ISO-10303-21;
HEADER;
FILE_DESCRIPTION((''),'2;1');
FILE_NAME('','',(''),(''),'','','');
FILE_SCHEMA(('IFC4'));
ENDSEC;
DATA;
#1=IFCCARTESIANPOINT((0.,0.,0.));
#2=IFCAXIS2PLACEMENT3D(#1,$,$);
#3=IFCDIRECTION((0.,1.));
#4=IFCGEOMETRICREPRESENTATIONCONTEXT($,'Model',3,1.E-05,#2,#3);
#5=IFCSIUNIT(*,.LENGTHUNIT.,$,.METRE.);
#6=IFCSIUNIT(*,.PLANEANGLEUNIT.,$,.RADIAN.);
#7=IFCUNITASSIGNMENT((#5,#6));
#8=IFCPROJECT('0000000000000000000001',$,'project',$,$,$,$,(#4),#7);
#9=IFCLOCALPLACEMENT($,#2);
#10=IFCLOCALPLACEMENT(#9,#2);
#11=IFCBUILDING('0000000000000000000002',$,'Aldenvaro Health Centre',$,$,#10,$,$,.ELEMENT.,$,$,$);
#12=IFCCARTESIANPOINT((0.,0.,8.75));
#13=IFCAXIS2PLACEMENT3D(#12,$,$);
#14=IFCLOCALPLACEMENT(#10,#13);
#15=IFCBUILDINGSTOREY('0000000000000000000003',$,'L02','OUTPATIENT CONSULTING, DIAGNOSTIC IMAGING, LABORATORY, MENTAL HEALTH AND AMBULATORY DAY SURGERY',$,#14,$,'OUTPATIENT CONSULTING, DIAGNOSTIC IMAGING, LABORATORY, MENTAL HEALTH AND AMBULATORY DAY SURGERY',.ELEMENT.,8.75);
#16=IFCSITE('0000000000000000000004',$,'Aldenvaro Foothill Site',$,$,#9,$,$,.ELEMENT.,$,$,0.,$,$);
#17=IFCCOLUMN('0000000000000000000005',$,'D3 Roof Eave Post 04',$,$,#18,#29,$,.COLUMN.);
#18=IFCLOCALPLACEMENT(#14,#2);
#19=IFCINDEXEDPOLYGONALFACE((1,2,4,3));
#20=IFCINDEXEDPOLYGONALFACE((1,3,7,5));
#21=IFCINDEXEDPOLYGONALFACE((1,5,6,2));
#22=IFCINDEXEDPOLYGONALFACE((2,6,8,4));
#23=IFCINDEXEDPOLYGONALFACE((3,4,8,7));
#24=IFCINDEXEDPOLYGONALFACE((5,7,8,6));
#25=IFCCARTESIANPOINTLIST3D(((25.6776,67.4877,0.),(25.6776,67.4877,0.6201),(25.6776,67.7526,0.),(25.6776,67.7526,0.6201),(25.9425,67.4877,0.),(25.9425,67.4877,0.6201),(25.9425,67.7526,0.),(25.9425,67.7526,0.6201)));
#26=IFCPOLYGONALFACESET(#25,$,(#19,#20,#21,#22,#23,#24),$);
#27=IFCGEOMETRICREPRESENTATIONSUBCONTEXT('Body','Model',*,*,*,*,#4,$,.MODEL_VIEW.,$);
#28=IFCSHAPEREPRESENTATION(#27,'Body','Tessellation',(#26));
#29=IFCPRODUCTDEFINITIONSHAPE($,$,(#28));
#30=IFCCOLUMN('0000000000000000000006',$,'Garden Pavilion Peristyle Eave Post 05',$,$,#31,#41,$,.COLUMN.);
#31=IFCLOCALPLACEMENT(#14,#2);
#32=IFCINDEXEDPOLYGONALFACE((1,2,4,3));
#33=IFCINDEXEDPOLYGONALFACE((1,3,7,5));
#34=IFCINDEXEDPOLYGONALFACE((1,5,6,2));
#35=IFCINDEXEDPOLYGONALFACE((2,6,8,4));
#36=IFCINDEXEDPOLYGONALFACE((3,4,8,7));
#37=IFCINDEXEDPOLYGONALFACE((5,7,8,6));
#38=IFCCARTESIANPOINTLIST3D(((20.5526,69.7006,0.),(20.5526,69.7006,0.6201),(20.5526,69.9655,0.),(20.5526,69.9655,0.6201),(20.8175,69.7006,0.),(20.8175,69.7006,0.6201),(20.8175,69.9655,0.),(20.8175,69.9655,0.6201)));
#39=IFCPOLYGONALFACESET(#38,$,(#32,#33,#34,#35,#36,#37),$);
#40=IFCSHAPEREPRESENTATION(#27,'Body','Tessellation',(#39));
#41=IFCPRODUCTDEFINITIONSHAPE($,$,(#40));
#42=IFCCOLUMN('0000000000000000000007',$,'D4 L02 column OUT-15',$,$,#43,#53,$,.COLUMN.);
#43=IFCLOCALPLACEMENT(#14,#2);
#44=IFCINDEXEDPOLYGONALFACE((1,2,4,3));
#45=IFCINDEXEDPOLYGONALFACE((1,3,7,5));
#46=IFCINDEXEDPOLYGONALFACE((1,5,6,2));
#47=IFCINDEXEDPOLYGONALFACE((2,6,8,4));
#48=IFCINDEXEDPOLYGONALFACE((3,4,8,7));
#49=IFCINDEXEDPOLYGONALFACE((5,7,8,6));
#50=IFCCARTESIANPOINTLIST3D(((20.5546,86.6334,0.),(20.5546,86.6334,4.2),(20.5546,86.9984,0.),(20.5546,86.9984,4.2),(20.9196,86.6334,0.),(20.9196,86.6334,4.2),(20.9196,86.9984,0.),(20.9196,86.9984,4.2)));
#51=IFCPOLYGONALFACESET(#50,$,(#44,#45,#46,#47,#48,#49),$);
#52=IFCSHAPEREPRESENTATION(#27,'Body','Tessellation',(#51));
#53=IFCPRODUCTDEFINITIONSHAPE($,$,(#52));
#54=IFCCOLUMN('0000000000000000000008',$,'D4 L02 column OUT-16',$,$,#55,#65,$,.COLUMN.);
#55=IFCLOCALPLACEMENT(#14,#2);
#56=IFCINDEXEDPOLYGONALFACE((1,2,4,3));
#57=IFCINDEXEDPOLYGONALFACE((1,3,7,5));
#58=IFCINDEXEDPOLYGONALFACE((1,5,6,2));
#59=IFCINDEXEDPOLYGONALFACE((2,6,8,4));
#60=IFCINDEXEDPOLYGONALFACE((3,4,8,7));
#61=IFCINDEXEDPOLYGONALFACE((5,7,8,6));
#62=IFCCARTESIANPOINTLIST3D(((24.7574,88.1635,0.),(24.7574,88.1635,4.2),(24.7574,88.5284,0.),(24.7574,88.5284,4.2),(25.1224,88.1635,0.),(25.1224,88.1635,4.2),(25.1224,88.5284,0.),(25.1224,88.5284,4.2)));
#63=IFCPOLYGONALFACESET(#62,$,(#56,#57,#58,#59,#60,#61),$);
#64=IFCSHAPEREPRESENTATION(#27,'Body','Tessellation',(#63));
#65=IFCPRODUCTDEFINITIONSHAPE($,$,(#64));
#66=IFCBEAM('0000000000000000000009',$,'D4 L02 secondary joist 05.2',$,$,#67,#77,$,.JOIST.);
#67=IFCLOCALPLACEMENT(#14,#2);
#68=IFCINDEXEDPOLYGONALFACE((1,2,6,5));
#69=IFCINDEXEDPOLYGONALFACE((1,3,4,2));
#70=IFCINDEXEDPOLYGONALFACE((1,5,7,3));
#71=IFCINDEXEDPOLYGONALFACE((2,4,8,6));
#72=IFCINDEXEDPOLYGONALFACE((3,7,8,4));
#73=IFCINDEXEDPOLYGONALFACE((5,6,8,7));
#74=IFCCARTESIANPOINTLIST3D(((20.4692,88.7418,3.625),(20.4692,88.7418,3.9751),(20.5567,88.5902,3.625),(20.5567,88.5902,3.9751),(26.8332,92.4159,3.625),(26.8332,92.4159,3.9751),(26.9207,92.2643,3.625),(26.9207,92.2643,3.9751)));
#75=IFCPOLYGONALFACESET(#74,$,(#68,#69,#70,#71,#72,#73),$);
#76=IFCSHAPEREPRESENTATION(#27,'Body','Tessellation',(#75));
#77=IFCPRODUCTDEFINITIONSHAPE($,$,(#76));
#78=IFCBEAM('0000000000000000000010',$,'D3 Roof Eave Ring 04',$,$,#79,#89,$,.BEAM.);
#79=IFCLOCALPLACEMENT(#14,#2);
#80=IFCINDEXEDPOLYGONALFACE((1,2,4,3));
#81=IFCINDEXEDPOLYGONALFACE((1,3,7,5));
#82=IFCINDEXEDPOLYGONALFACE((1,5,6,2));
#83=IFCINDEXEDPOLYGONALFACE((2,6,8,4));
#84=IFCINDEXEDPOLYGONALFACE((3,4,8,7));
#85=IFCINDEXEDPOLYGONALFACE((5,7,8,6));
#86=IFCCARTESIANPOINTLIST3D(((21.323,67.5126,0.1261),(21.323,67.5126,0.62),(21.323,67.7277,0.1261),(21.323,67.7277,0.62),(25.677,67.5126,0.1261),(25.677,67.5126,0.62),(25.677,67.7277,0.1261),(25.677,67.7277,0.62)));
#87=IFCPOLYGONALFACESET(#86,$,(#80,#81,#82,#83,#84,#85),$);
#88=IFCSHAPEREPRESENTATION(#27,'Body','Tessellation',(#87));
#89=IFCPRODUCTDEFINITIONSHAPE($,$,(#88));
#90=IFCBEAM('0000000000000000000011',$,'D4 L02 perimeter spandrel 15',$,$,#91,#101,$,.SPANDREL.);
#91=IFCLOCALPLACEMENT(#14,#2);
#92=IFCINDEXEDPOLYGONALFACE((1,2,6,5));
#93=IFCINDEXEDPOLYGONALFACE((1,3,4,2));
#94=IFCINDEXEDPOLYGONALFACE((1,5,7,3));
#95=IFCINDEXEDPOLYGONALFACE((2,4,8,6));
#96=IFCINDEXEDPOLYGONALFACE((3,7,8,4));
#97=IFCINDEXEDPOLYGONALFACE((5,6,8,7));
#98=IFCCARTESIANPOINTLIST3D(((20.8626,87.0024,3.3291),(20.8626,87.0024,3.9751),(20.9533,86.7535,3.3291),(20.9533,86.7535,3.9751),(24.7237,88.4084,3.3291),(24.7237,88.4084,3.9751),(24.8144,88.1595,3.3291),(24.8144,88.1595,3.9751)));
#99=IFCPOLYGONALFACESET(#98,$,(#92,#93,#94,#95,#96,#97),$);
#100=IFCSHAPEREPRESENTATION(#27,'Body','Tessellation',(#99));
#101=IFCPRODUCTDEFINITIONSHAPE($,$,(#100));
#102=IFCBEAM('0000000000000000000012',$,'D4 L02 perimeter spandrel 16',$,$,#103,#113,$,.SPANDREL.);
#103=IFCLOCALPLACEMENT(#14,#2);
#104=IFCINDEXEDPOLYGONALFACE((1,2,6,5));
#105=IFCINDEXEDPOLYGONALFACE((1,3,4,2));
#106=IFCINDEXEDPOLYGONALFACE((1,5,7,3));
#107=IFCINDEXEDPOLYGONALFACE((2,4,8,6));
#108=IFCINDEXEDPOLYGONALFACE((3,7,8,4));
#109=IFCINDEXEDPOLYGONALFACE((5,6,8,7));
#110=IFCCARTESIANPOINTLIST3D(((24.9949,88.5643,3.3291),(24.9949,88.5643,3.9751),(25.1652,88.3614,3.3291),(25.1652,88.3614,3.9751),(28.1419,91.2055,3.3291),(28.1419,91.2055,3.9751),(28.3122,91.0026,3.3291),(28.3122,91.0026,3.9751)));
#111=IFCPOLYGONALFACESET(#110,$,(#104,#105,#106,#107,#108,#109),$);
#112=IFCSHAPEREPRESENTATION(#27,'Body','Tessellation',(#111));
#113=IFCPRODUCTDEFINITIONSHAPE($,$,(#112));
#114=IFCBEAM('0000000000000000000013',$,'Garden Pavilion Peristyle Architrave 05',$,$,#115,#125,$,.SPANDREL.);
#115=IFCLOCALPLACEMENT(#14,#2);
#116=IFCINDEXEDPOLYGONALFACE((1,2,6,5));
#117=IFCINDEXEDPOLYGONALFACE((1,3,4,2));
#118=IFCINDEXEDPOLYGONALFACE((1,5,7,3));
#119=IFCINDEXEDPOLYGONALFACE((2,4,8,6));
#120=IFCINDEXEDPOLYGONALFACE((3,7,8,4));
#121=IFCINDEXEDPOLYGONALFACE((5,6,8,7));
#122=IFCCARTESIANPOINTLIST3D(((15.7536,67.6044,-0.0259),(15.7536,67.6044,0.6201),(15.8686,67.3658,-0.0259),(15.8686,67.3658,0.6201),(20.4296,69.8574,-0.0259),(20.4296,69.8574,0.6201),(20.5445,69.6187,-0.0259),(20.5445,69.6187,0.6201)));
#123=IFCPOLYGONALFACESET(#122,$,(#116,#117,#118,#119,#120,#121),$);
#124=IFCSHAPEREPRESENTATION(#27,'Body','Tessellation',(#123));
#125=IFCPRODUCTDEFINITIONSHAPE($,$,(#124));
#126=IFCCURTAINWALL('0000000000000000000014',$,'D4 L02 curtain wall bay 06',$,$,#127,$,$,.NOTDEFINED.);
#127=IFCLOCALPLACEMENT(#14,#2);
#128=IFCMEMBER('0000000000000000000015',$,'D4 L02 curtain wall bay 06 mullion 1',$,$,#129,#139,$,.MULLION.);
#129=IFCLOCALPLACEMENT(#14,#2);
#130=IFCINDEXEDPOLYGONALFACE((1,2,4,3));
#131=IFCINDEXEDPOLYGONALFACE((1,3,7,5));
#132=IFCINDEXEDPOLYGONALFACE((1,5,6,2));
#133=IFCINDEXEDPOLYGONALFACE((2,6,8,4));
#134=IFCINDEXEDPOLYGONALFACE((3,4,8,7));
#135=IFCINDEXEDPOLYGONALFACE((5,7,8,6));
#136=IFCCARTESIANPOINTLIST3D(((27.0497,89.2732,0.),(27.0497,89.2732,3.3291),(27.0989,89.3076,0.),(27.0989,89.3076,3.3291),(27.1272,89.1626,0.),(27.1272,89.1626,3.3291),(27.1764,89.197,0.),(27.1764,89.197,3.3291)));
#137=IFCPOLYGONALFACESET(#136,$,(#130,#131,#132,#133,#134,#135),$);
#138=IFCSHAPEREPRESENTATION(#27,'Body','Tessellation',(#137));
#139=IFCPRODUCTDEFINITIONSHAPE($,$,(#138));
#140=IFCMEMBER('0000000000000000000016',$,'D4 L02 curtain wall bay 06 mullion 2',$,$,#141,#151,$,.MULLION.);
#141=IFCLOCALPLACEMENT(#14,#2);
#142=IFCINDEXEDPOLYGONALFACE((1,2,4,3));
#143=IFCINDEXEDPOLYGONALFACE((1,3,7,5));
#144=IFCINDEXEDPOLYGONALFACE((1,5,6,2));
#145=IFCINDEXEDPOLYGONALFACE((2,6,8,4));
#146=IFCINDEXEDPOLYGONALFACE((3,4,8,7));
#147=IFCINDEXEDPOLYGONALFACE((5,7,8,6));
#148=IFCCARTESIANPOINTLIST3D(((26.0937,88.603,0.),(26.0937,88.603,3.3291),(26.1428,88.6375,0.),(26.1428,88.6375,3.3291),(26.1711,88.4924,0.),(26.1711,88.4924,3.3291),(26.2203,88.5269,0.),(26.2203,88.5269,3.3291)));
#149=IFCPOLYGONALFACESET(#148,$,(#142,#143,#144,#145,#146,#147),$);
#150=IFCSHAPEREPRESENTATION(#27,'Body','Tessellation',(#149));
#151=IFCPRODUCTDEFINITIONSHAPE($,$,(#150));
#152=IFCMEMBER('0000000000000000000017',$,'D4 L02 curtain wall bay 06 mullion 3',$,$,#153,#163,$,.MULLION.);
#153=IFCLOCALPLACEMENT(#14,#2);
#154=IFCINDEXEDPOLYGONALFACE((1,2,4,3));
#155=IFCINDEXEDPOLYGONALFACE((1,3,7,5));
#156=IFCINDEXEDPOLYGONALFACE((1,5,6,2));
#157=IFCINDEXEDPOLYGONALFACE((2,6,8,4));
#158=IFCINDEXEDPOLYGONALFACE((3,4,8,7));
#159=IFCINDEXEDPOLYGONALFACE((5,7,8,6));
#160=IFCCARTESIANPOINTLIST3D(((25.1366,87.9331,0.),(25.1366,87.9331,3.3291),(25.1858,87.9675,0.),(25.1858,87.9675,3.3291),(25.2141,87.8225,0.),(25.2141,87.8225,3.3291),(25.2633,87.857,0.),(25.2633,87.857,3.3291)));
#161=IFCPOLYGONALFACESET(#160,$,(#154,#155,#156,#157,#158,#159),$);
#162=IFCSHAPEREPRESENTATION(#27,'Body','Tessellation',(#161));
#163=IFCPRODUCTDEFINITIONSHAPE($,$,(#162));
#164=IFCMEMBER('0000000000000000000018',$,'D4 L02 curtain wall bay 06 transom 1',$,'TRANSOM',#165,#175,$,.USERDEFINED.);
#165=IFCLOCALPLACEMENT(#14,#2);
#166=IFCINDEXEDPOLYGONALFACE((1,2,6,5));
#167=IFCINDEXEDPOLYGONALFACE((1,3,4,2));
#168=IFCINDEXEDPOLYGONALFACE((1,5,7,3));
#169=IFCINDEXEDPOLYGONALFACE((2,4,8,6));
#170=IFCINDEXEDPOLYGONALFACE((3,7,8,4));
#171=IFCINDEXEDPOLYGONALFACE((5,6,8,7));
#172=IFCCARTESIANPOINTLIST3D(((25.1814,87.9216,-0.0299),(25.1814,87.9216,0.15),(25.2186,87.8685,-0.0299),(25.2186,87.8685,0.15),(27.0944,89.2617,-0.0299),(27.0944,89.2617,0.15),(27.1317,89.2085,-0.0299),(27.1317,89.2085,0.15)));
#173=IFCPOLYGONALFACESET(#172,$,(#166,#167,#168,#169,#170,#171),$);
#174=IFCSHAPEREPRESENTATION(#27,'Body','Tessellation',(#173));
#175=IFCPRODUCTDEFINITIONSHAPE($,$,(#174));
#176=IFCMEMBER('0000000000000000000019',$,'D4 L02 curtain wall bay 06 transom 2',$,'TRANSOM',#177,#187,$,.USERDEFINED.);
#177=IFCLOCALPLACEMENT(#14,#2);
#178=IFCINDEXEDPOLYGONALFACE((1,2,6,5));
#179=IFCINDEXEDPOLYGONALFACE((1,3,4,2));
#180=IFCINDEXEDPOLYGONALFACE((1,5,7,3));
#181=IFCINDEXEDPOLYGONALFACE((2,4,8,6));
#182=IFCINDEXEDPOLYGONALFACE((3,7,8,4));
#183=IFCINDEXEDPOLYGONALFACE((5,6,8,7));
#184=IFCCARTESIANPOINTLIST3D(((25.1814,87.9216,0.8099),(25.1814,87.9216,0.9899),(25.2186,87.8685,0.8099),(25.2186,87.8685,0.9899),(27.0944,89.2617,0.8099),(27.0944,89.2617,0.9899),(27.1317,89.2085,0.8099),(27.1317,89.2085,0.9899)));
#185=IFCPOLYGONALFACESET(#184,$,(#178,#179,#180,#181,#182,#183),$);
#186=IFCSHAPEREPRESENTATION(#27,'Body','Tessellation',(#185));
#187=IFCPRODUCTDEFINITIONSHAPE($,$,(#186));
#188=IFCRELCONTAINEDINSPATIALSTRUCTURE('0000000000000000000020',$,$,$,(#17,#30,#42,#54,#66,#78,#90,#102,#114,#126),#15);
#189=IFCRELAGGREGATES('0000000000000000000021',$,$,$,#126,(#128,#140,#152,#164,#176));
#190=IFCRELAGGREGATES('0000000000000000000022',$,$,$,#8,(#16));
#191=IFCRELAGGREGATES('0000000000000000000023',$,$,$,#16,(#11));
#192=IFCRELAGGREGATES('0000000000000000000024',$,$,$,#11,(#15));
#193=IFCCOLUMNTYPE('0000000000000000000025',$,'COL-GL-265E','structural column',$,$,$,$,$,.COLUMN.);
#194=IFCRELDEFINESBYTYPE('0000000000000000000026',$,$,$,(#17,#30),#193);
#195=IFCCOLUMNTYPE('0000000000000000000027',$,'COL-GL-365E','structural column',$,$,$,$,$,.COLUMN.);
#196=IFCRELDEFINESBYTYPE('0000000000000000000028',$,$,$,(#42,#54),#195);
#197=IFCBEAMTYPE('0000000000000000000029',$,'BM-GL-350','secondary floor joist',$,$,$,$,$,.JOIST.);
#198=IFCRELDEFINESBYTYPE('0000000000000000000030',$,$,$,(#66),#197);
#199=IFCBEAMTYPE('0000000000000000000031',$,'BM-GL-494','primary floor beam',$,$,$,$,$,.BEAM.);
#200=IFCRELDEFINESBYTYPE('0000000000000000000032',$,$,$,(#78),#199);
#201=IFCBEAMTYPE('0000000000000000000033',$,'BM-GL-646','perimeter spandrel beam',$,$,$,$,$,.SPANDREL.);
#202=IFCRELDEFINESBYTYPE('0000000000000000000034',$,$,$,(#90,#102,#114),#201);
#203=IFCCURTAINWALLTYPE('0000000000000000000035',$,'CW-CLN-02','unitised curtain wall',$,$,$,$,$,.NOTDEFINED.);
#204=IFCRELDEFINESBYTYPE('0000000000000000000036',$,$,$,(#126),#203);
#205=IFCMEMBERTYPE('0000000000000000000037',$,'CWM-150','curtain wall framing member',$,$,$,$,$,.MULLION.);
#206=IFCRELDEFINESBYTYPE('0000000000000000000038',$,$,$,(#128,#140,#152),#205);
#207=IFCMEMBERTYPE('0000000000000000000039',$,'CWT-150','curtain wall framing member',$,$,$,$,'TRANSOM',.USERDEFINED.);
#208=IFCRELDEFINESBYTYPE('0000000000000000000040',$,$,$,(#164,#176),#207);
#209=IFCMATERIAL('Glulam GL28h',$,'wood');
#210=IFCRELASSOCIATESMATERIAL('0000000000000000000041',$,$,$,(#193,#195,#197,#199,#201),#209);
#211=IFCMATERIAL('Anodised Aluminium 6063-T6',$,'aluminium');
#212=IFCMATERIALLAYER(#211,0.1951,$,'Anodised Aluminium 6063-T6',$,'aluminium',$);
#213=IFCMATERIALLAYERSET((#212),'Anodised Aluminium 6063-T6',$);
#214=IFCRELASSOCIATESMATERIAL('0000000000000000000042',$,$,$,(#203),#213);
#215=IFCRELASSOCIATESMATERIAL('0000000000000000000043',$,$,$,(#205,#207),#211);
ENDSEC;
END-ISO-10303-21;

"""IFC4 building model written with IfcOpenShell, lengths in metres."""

from ifc_helpers import new_model, si_unit, direction, frame, origin, origin_2d, place, context, subcontext, project, spatial, rectangle, extrude, material, layer, layer_set, material_profile, profile_set, type_object, element, aggregate, save


model = new_model("IFC4")

# Units and contexts
model_context = context("Model", 3, precision=1e-05, world=origin(), true_north=direction((0.0, 1.0)))
body_context = subcontext(model_context, "Body", "Model", "MODEL_VIEW")
ifc_project = project(units=[si_unit("LENGTHUNIT", "METRE"), si_unit("PLANEANGLEUNIT", "RADIAN")], contexts=[model_context])

# Site, building, storey
site_placement = place(None, origin())
site = spatial("IfcSite", under=ifc_project, at=site_placement, Name="Aldenvaro Foothill Site", CompositionType="ELEMENT", RefElevation=0.0)
building_placement = place(site_placement, origin())
building = spatial("IfcBuilding", under=site, at=building_placement, Name="Aldenvaro Health Centre", CompositionType="ELEMENT")
storey_placement = place(building_placement, frame((0.0, 0.0, 8.75)))
storey = spatial("IfcBuildingStorey", under=building, at=storey_placement, Name="L02", Description="OUTPATIENT CONSULTING, DIAGNOSTIC IMAGING, LABORATORY, MENTAL HEALTH AND AMBULATORY DAY SURGERY", LongName="OUTPATIENT CONSULTING, DIAGNOSTIC IMAGING, LABORATORY, MENTAL HEALTH AND AMBULATORY DAY SURGERY", CompositionType="ELEMENT", Elevation=8.75)

# Columns
ifc_material_1 = material(Name="Glulam GL28h", Category="wood")
ifc_material_profile_1 = material_profile(ifc_material_1, rectangle(XDim=0.2649, YDim=0.2649, at=origin_2d()), Name="GL 265x265", Category="wood")
ifc_profile_set_1 = profile_set([ifc_material_profile_1], Name="Glulam GL28h")
column_type_1 = type_object("IfcColumnType", Name="COL-GL-265E", Description="structural column", PredefinedType="COLUMN", material=ifc_profile_set_1)
for number, where, z_axis, x_axis, name in (
    (1, (25.8101, 67.6201, 0.0), (0.0, 0.0, 1.0), (1.0, 0.0, 0.0), "D3 Roof Eave Post 04"),
    (2, (20.6851, 69.833, 0.0), (0.0, 0.0, 1.0), (1.0, 0.0, 0.0), "Garden Pavilion Peristyle Eave Post 05"),
):
    element("IfcColumn", number, at=place(storey_placement, frame(where, z_axis=z_axis, x_axis=x_axis)), inside=storey, type_object=column_type_1, Name=name, PredefinedType="COLUMN", context=body_context, shape_type="SweptSolid", body=[
        extrude(rectangle(XDim=0.2649, YDim=0.2649, at=origin_2d()), origin(), (0.0, 0.0, 1.0), 0.6201),
    ])
ifc_material_profile_2 = material_profile(ifc_material_1, rectangle(XDim=0.365, YDim=0.365, at=origin_2d()), Name="GL 365x365", Category="wood")
ifc_profile_set_2 = profile_set([ifc_material_profile_2], Name="Glulam GL28h")
column_type_2 = type_object("IfcColumnType", Name="COL-GL-365E", Description="structural column", PredefinedType="COLUMN", material=ifc_profile_set_2)
for number, where, z_axis, x_axis, name in (
    (3, (20.7371, 86.8159, 0.0), (0.0, 0.0, 1.0), (1.0, 0.0, 0.0), "D4 L02 column OUT-15"),
    (4, (24.9399, 88.3459, 0.0), (0.0, 0.0, 1.0), (1.0, 0.0, 0.0), "D4 L02 column OUT-16"),
):
    element("IfcColumn", number, at=place(storey_placement, frame(where, z_axis=z_axis, x_axis=x_axis)), inside=storey, type_object=column_type_2, Name=name, PredefinedType="COLUMN", context=body_context, shape_type="SweptSolid", body=[
        extrude(rectangle(XDim=0.365, YDim=0.365, at=origin_2d()), origin(), (0.0, 0.0, 1.0), 4.2),
    ])

# Beams
ifc_material_profile_3 = material_profile(ifc_material_1, rectangle(XDim=0.175, YDim=0.3501, at=origin_2d()), Name="GL 175x350", Category="wood")
ifc_profile_set_3 = profile_set([ifc_material_profile_3], Name="Glulam GL28h")
beam_type_1 = type_object("IfcBeamType", Name="BM-GL-350", Description="secondary floor joist", PredefinedType="JOIST", material=ifc_profile_set_3)
beam_1_placement = place(storey_placement, frame((20.5129, 88.666, 3.8), z_axis=(0.866037, 0.49998, 0.0), x_axis=(-0.49998, 0.866037, 0.0)))
element("IfcBeam", 5, at=beam_1_placement, inside=storey, type_object=beam_type_1, Name="D4 L02 secondary joist 05.2", PredefinedType="JOIST", context=body_context, shape_type="SweptSolid", body=[
    extrude(rectangle(XDim=0.175, YDim=0.3501, at=origin_2d()), origin(), (0.0, 0.0, 1.0), 7.3484),
])
ifc_material_profile_4 = material_profile(ifc_material_1, rectangle(XDim=0.2151, YDim=0.4939, at=origin_2d()), Name="GL 215x494", Category="wood")
ifc_profile_set_4 = profile_set([ifc_material_profile_4], Name="Glulam GL28h")
beam_type_2 = type_object("IfcBeamType", Name="BM-GL-494", Description="primary floor beam", PredefinedType="BEAM", material=ifc_profile_set_4)
beam_2_placement = place(storey_placement, frame((25.677, 67.6201, 0.373), z_axis=(-1.0, 0.0, 0.0), x_axis=(0.0, -1.0, 0.0)))
element("IfcBeam", 6, at=beam_2_placement, inside=storey, type_object=beam_type_2, Name="D3 Roof Eave Ring 04", PredefinedType="BEAM", context=body_context, shape_type="SweptSolid", body=[
    extrude(rectangle(XDim=0.2151, YDim=0.4939, at=origin_2d()), origin(), (0.0, 0.0, 1.0), 4.354),
])
ifc_material_profile_5 = material_profile(ifc_material_1, rectangle(XDim=0.2649, YDim=0.646, at=origin_2d()), Name="GL 265x646", Category="wood")
ifc_profile_set_5 = profile_set([ifc_material_profile_5], Name="Glulam GL28h")
beam_type_3 = type_object("IfcBeamType", Name="BM-GL-646", Description="perimeter spandrel beam", PredefinedType="SPANDREL", material=ifc_profile_set_5)
beam_3_placement = place(storey_placement, frame((20.908, 86.8779, 3.6521), z_axis=(0.939639, 0.342168, 0.0), x_axis=(-0.342168, 0.939639, 0.0)))
element("IfcBeam", 7, at=beam_3_placement, inside=storey, type_object=beam_type_3, Name="D4 L02 perimeter spandrel 15", PredefinedType="SPANDREL", context=body_context, shape_type="SweptSolid", body=[
    extrude(rectangle(XDim=0.2649, YDim=0.646, at=origin_2d()), origin(), (0.0, 0.0, 1.0), 4.1091),
])
beam_4_placement = place(storey_placement, frame((25.0801, 88.4629, 3.6521), z_axis=(0.765986, 0.642858, 0.0), x_axis=(-0.642858, 0.765986, 0.0)))
element("IfcBeam", 8, at=beam_4_placement, inside=storey, type_object=beam_type_3, Name="D4 L02 perimeter spandrel 16", PredefinedType="SPANDREL", context=body_context, shape_type="SweptSolid", body=[
    extrude(rectangle(XDim=0.2649, YDim=0.646, at=origin_2d()), origin(), (0.0, 0.0, 1.0), 4.1084),
])
beam_5_placement = place(storey_placement, frame((20.4871, 69.738, 0.2971), z_axis=(-0.900888, -0.434052, 0.0), x_axis=(0.434052, -0.900888, 0.0)))
element("IfcBeam", 9, at=beam_5_placement, inside=storey, type_object=beam_type_3, Name="Garden Pavilion Peristyle Architrave 05", PredefinedType="SPANDREL", context=body_context, shape_type="SweptSolid", body=[
    extrude(rectangle(XDim=0.2649, YDim=0.646, at=origin_2d()), origin(), (0.0, 0.0, 1.0), 5.1904),
])

# Curtain wall, members
ifc_material_2 = material(Name="Anodised Aluminium 6063-T6", Category="aluminium")
ifc_layer_1 = layer(ifc_material_2, 0.1951, Name="Anodised Aluminium 6063-T6", Category="aluminium")
ifc_layer_set_1 = layer_set([ifc_layer_1], Name="Anodised Aluminium 6063-T6")
curtain_wall_type = type_object("IfcCurtainWallType", Name="CW-CLN-02", Description="unitised curtain wall", PredefinedType="NOTDEFINED", material=ifc_layer_set_1)
curtain_wall_placement = place(storey_placement, origin())
curtain_wall = element("IfcCurtainWall", 10, at=curtain_wall_placement, inside=storey, type_object=curtain_wall_type, Name="D4 L02 curtain wall bay 06", PredefinedType="NOTDEFINED")
ifc_material_profile_6 = material_profile(ifc_material_2, rectangle(XDim=0.0601, YDim=0.135, at=origin_2d()), Name="ALU 60x135", Category="aluminium")
ifc_profile_set_6 = profile_set([ifc_material_profile_6], Name="Anodised Aluminium 6063-T6")
member_type_1 = type_object("IfcMemberType", Name="CWM-150", Description="curtain wall framing member", PredefinedType="MULLION", material=ifc_profile_set_6)
member_1_placement = place(storey_placement, frame((27.113, 89.2351, 0.0), z_axis=(0.0, 0.0, 1.0), x_axis=(-0.819051, -0.573721, 0.0)))
member_1 = element("IfcMember", 11, at=member_1_placement, type_object=member_type_1, Name="D4 L02 curtain wall bay 06 mullion 1", PredefinedType="MULLION", context=body_context, shape_type="SweptSolid", body=[
    extrude(rectangle(XDim=0.0601, YDim=0.135, at=origin_2d()), origin(), (0.0, 0.0, 1.0), 3.3291),
])
member_2_placement = place(storey_placement, frame((26.157, 88.5649, 0.0), z_axis=(0.0, 0.0, 1.0), x_axis=(-0.819051, -0.573721, 0.0)))
member_2 = element("IfcMember", 12, at=member_2_placement, type_object=member_type_1, Name="D4 L02 curtain wall bay 06 mullion 2", PredefinedType="MULLION", context=body_context, shape_type="SweptSolid", body=[
    extrude(rectangle(XDim=0.0601, YDim=0.135, at=origin_2d()), origin(), (0.0, 0.0, 1.0), 3.3291),
])
member_3_placement = place(storey_placement, frame((25.2, 87.895, 0.0), z_axis=(0.0, 0.0, 1.0), x_axis=(-0.819051, -0.573721, 0.0)))
member_3 = element("IfcMember", 13, at=member_3_placement, type_object=member_type_1, Name="D4 L02 curtain wall bay 06 mullion 3", PredefinedType="MULLION", context=body_context, shape_type="SweptSolid", body=[
    extrude(rectangle(XDim=0.0601, YDim=0.135, at=origin_2d()), origin(), (0.0, 0.0, 1.0), 3.3291),
])
ifc_material_profile_7 = material_profile(ifc_material_2, rectangle(XDim=0.0649, YDim=0.1799, at=origin_2d()), Name="ALU 65x180", Category="aluminium")
ifc_profile_set_7 = profile_set([ifc_material_profile_7], Name="Anodised Aluminium 6063-T6")
member_type_2 = type_object("IfcMemberType", Name="CWT-150", Description="curtain wall framing member", ElementType="TRANSOM", PredefinedType="USERDEFINED", material=ifc_profile_set_7)
member_4_placement = place(storey_placement, frame((27.113, 89.2351, 0.0601), z_axis=(-0.819045, -0.573729, 0.0), x_axis=(0.573729, -0.819045, 0.0)))
member_4 = element("IfcMember", 14, at=member_4_placement, type_object=member_type_2, Name="D4 L02 curtain wall bay 06 transom 1", ObjectType="TRANSOM", PredefinedType="USERDEFINED", context=body_context, shape_type="SweptSolid", body=[
    extrude(rectangle(XDim=0.0649, YDim=0.1799, at=origin_2d()), origin(), (0.0, 0.0, 1.0), 2.3357),
])
member_5_placement = place(storey_placement, frame((27.113, 89.2351, 0.8999), z_axis=(-0.819045, -0.573729, 0.0), x_axis=(0.573729, -0.819045, 0.0)))
member_5 = element("IfcMember", 15, at=member_5_placement, type_object=member_type_2, Name="D4 L02 curtain wall bay 06 transom 2", ObjectType="TRANSOM", PredefinedType="USERDEFINED", context=body_context, shape_type="SweptSolid", body=[
    extrude(rectangle(XDim=0.0649, YDim=0.1799, at=origin_2d()), origin(), (0.0, 0.0, 1.0), 2.3357),
])

aggregate(curtain_wall, [member_1, member_2, member_3, member_4, member_5])

save(model, "model.ifc")
